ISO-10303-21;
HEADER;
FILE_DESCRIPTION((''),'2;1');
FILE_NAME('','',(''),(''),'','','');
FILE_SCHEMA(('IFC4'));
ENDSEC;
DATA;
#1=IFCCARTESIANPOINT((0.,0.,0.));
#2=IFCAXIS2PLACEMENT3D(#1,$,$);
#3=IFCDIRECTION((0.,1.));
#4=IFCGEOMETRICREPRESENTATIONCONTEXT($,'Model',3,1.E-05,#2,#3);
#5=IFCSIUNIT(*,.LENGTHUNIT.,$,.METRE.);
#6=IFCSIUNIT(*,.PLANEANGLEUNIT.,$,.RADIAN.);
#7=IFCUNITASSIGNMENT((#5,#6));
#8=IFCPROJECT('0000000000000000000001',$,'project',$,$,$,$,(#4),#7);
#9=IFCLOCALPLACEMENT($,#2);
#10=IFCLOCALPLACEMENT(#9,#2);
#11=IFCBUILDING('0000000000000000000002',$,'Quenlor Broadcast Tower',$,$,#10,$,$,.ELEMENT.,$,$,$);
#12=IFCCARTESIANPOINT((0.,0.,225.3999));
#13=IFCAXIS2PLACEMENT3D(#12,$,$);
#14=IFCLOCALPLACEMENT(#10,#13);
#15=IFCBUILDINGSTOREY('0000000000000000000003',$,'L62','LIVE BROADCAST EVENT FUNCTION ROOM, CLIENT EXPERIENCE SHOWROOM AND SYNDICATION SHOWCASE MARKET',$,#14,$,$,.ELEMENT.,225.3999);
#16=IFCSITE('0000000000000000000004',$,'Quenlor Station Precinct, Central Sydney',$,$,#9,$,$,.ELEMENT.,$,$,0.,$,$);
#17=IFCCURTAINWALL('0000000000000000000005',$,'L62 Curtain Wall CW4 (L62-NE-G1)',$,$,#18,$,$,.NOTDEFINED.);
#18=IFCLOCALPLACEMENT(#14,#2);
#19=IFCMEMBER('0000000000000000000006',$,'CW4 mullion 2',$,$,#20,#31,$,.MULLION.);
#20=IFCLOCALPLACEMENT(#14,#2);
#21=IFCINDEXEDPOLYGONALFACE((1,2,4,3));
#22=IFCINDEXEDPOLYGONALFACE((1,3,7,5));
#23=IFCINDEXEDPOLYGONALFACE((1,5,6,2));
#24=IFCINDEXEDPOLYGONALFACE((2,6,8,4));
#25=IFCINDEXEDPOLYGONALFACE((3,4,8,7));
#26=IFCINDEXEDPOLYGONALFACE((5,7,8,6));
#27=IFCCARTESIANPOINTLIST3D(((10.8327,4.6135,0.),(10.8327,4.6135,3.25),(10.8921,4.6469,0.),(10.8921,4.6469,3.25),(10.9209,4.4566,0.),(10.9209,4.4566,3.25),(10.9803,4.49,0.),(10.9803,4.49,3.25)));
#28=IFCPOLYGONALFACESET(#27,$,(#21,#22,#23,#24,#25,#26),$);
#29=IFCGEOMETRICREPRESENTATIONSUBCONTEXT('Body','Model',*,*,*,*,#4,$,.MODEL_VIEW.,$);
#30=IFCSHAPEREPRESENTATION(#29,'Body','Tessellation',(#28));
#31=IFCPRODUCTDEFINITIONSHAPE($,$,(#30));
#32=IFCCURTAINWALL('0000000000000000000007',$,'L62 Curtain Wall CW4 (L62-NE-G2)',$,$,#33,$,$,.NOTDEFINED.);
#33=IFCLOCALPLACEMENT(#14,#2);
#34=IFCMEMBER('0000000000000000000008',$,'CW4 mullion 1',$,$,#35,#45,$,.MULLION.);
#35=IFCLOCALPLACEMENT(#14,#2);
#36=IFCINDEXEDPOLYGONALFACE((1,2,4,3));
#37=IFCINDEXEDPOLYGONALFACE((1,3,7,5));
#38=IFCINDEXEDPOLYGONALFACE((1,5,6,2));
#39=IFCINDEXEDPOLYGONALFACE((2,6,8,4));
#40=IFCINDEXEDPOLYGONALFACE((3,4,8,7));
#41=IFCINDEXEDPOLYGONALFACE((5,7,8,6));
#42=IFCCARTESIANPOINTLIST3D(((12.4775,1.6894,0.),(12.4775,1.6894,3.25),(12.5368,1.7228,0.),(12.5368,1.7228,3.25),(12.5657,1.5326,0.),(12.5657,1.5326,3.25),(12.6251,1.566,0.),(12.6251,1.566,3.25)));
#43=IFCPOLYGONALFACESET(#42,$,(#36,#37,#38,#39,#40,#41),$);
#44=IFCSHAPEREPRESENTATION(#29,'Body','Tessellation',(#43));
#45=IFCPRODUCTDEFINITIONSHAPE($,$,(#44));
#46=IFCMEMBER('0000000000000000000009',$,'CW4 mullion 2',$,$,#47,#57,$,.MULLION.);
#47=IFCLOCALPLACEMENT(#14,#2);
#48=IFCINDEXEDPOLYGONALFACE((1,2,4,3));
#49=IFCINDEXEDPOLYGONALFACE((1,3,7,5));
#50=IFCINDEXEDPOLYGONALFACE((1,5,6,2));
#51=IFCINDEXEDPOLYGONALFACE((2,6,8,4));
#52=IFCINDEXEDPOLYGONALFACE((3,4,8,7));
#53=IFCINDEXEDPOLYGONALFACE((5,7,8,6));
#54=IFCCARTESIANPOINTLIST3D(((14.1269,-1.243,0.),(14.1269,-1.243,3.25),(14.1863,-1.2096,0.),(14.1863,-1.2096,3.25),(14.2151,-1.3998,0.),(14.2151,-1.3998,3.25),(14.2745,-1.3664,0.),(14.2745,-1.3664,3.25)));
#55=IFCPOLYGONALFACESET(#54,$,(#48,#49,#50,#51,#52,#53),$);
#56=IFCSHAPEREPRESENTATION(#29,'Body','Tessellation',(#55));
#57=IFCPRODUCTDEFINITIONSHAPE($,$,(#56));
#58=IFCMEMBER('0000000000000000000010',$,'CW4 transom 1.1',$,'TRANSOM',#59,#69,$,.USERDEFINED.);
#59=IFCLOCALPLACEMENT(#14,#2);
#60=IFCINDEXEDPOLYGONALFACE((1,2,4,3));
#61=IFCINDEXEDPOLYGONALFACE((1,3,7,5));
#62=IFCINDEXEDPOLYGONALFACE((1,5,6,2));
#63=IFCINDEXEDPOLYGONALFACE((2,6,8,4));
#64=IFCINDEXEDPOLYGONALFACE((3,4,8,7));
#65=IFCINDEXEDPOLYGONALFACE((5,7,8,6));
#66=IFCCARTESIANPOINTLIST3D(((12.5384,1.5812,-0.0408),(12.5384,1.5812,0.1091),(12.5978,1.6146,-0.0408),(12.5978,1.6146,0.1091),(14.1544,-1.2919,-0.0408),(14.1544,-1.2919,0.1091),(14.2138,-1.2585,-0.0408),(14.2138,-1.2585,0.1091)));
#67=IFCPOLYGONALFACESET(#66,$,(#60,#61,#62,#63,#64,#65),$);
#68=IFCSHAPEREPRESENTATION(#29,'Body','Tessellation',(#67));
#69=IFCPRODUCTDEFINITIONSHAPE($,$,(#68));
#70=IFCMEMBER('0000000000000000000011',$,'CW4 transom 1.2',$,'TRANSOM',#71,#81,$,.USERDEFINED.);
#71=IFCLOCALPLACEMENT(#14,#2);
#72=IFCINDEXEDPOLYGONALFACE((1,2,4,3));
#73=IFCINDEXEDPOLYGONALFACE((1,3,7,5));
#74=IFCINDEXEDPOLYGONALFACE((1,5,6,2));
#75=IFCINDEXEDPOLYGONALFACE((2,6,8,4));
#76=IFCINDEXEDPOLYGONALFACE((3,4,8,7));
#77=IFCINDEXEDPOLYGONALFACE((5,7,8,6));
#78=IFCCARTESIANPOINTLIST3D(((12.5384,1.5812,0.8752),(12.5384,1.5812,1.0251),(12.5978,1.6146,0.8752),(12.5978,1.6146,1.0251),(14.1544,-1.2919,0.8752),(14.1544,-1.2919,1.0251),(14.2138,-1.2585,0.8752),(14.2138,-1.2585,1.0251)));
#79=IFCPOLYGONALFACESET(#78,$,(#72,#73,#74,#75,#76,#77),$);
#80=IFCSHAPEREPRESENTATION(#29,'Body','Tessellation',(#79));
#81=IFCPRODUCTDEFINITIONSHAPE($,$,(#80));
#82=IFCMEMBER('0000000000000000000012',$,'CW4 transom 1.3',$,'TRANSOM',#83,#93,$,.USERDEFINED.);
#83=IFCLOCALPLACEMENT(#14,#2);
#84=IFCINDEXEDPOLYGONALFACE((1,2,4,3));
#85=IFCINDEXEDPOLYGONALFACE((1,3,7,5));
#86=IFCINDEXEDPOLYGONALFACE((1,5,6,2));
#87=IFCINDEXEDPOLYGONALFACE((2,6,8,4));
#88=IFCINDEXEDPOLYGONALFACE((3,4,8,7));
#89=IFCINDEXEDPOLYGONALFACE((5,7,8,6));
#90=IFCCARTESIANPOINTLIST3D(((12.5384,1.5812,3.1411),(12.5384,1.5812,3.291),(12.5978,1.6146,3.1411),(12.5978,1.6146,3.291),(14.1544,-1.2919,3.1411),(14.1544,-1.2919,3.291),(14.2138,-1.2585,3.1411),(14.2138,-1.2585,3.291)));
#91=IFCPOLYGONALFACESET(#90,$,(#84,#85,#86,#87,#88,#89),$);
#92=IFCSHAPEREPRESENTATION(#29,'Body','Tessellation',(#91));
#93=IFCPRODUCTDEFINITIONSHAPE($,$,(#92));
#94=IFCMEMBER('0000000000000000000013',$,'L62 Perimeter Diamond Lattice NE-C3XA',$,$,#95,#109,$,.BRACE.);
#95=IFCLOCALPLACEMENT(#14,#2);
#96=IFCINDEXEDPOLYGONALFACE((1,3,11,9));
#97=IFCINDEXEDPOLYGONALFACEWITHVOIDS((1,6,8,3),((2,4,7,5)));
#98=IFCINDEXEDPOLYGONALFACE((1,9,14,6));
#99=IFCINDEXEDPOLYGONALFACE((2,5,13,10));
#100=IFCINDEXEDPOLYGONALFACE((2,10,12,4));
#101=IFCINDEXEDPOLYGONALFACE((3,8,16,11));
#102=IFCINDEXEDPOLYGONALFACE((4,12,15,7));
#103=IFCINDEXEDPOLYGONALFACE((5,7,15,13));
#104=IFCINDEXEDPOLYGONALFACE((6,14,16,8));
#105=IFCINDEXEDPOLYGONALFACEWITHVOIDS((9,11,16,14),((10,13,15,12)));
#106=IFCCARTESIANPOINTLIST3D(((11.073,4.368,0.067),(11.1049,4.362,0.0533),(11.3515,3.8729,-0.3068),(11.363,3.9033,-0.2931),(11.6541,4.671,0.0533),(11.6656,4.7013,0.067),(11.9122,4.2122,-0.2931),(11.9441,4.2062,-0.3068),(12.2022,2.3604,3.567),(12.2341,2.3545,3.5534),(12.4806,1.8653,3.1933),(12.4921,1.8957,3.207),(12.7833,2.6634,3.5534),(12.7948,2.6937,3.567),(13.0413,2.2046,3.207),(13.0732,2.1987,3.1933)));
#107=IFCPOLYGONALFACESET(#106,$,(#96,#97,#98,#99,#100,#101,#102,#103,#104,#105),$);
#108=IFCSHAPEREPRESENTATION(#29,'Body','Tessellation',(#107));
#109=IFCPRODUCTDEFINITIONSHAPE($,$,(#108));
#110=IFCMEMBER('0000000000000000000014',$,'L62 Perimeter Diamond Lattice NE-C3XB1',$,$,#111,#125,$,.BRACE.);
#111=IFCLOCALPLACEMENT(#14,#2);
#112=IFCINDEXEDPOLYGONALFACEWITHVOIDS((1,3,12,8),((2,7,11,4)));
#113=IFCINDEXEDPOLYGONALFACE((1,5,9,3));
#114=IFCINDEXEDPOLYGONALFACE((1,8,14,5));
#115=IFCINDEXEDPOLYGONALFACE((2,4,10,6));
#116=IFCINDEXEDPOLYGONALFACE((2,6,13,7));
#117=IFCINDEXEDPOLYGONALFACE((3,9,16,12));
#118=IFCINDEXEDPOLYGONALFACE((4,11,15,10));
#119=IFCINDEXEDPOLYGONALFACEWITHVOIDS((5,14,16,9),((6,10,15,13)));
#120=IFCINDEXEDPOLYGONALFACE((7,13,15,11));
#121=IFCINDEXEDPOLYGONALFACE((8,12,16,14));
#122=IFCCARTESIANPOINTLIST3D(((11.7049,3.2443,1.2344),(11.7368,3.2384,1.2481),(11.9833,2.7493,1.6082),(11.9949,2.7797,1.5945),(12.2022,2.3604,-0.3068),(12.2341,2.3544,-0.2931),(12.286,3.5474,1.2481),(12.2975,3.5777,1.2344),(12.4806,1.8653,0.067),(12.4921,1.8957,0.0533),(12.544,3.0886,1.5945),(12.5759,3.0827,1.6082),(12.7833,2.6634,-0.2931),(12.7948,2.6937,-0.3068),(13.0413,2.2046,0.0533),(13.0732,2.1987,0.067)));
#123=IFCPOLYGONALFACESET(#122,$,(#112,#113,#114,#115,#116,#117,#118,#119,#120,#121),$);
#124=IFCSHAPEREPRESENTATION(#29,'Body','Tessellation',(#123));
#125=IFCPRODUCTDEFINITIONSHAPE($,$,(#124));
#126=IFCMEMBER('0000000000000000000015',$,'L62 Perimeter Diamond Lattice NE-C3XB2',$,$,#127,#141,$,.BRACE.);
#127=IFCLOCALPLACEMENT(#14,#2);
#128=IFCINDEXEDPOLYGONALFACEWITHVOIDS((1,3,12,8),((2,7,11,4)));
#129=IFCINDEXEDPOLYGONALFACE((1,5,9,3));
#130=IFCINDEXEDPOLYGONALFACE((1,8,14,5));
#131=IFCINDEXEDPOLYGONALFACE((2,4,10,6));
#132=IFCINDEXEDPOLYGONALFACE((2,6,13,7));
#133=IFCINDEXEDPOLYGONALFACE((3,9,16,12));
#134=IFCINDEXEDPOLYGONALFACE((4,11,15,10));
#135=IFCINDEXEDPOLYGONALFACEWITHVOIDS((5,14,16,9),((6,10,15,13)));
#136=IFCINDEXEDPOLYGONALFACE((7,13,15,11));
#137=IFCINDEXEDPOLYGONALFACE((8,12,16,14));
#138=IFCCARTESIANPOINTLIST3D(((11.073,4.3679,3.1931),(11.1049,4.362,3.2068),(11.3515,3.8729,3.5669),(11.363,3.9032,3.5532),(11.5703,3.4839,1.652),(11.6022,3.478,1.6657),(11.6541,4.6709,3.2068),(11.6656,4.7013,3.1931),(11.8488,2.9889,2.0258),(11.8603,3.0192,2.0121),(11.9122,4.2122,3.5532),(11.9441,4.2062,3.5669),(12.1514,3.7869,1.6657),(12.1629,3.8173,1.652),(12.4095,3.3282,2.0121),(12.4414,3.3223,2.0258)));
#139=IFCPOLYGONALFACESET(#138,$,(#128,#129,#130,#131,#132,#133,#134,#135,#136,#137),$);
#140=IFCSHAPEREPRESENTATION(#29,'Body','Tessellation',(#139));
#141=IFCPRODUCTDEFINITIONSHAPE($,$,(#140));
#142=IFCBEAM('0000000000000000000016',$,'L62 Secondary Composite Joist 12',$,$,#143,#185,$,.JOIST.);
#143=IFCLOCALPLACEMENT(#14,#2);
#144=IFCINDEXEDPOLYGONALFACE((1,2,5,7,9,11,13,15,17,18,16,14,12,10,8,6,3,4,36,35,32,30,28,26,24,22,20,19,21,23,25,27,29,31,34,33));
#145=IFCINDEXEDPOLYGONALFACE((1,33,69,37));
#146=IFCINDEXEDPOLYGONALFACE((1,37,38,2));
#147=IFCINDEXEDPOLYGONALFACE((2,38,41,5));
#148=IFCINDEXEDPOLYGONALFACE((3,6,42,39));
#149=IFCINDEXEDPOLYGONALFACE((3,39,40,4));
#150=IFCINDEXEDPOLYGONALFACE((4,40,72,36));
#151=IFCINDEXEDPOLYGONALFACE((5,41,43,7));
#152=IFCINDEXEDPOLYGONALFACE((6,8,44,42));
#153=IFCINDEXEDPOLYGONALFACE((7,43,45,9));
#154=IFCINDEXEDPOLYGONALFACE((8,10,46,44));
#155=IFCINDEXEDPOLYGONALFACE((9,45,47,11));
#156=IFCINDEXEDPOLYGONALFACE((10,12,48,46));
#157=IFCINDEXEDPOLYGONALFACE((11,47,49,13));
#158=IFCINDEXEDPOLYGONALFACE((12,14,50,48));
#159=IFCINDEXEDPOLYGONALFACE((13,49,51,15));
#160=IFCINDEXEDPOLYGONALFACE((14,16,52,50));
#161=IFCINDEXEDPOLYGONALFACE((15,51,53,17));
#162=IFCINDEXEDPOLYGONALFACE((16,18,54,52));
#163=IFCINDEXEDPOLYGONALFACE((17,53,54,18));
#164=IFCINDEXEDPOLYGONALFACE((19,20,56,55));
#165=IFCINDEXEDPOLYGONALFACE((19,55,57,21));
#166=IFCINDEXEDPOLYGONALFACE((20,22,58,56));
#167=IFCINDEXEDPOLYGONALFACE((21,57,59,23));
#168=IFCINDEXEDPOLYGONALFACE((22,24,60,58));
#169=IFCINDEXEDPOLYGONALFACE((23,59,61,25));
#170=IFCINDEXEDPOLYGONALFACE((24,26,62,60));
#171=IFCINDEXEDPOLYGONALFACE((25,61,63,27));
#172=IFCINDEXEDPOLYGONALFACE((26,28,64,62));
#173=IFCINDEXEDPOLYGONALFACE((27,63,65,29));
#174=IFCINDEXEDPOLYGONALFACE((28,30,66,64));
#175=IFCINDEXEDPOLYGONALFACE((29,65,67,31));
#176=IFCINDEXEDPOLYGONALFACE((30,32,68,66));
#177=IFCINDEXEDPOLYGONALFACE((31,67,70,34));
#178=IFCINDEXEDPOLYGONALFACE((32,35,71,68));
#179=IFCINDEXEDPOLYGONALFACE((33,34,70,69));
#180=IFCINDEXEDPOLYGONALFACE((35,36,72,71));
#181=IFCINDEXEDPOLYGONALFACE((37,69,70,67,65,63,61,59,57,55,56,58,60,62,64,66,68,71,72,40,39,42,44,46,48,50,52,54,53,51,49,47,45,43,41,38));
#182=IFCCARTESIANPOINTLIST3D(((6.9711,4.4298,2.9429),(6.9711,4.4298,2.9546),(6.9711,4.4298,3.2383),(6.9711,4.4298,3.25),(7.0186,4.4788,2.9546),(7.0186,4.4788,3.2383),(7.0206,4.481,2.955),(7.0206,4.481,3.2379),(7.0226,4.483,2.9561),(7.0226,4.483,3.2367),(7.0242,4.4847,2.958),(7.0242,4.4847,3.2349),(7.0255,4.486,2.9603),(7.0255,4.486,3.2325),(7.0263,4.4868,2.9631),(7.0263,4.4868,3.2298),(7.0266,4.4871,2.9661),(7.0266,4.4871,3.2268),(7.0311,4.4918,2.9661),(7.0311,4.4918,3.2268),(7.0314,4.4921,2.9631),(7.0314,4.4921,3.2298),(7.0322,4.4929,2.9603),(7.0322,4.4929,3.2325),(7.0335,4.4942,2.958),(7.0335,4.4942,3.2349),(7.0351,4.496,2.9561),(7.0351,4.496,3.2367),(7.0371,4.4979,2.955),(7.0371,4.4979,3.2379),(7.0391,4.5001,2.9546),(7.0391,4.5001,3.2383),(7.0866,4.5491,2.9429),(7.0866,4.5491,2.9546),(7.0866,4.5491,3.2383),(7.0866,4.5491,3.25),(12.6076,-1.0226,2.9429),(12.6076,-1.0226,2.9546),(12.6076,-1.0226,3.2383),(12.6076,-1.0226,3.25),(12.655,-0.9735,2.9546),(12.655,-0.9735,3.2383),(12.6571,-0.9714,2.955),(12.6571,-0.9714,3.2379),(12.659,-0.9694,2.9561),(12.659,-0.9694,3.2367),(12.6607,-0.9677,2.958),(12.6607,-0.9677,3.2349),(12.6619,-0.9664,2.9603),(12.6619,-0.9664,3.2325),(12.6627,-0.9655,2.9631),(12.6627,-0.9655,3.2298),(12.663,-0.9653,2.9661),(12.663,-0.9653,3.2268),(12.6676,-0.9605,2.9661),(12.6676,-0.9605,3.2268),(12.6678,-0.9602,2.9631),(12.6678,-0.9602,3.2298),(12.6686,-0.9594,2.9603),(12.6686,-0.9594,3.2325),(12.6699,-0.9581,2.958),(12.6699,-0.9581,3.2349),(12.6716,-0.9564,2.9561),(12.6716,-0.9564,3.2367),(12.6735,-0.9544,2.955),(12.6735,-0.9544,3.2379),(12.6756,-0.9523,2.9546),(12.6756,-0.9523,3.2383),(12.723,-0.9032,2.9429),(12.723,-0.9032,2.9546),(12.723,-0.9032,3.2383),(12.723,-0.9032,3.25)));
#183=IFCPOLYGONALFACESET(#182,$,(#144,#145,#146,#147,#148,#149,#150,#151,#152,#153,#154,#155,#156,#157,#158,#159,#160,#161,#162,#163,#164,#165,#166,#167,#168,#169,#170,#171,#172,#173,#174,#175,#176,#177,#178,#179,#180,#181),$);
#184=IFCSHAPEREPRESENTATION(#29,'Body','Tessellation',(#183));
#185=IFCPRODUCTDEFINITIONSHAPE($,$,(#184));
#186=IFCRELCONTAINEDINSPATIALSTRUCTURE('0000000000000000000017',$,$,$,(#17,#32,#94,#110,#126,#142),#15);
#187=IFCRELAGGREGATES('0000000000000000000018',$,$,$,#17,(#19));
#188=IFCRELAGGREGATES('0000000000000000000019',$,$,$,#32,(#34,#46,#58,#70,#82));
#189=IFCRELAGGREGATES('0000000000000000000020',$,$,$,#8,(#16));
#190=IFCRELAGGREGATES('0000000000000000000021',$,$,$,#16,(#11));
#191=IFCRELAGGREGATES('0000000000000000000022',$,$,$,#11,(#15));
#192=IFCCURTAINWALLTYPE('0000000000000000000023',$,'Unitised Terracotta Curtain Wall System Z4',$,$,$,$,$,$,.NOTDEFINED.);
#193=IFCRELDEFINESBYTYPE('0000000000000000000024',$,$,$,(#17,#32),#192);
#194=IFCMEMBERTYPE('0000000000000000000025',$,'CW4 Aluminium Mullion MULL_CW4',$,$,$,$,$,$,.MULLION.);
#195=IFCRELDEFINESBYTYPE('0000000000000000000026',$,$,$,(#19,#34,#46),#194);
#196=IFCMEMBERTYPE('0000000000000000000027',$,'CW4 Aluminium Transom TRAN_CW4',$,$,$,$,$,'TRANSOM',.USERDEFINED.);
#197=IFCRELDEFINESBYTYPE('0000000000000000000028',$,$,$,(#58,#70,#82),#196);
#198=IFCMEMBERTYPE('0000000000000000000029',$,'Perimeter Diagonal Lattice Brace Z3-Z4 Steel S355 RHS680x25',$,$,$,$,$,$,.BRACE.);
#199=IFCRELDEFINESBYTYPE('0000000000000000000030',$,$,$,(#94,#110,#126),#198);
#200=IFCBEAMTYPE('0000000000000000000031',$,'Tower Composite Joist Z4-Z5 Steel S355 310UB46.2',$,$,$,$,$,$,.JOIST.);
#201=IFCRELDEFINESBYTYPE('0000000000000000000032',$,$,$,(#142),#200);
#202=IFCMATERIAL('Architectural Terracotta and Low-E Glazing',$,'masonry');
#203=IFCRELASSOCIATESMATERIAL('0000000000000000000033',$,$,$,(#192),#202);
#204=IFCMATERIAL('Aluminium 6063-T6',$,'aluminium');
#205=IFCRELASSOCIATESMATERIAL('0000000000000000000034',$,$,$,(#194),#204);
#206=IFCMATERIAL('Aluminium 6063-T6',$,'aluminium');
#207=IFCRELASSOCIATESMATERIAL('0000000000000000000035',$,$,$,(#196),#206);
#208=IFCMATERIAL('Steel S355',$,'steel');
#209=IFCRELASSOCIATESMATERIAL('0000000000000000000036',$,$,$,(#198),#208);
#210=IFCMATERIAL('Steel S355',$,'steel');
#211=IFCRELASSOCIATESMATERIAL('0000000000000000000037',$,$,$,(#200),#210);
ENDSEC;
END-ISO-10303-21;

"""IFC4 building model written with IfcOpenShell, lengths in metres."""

from ifc_helpers import new_model, si_unit, direction, frame, origin, origin_2d, place, context, subcontext, project, spatial, rectangle, hollow_rectangle, i_section, extrude, material, material_profile, profile_set, type_object, element, aggregate, save


model = new_model("IFC4")

# Units and contexts
model_context = context("Model", 3, precision=1e-05, world=origin(), true_north=direction((0.0, 1.0)))
body_context = subcontext(model_context, "Body", "Model", "MODEL_VIEW")
ifc_project = project(units=[si_unit("LENGTHUNIT", "METRE"), si_unit("PLANEANGLEUNIT", "RADIAN")], contexts=[model_context])

# Site, building, storey
site_placement = place(None, origin())
site = spatial("IfcSite", under=ifc_project, at=site_placement, Name="Quenlor Station Precinct, Central Sydney", CompositionType="ELEMENT", RefElevation=0.0)
building_placement = place(site_placement, origin())
building = spatial("IfcBuilding", under=site, at=building_placement, Name="Quenlor Broadcast Tower", CompositionType="ELEMENT")
storey_placement = place(building_placement, frame((0.0, 0.0, 225.3999)))
storey = spatial("IfcBuildingStorey", under=building, at=storey_placement, Name="L62", Description="LIVE BROADCAST EVENT FUNCTION ROOM, CLIENT EXPERIENCE SHOWROOM AND SYNDICATION SHOWCASE MARKET", CompositionType="ELEMENT", Elevation=225.3999)

# Curtain wall, member
ifc_material_1 = material(Name="Architectural Terracotta and Low-E Glazing", Category="masonry")
curtain_wall_type = type_object("IfcCurtainWallType", Name="Unitised Terracotta Curtain Wall System Z4", PredefinedType="NOTDEFINED", material=ifc_material_1)
curtain_wall_1_placement = place(storey_placement, origin())
curtain_wall_1 = element("IfcCurtainWall", 1, at=curtain_wall_1_placement, inside=storey, type_object=curtain_wall_type, Name="L62 Curtain Wall CW4 (L62-NE-G1)", PredefinedType="NOTDEFINED")
ifc_material_2 = material(Name="Aluminium 6063-T6", Category="aluminium")
ifc_material_profile_1 = material_profile(ifc_material_2, rectangle(XDim=0.0681, YDim=0.1799, at=origin_2d()))
ifc_profile_set_1 = profile_set([ifc_material_profile_1], Name="Aluminium 6063-T6 MULL68x180")
member_type_1 = type_object("IfcMemberType", Name="CW4 Aluminium Mullion MULL_CW4", PredefinedType="MULLION", material=ifc_profile_set_1)
member_1_placement = place(storey_placement, frame((10.9065, 4.5518, 0.0), z_axis=(0.0, 0.0, 1.0), x_axis=(0.871578, 0.490257, 0.0)))
member_1 = element("IfcMember", 2, at=member_1_placement, type_object=member_type_1, Name="CW4 mullion 2", PredefinedType="MULLION", context=body_context, shape_type="SweptSolid", body=[
    extrude(rectangle(XDim=0.0681, YDim=0.1799, at=origin_2d()), origin(), (0.0, 0.0, 1.0), 3.25),
])

# Curtain wall, members
curtain_wall_2_placement = place(storey_placement, origin())
curtain_wall_2 = element("IfcCurtainWall", 3, at=curtain_wall_2_placement, inside=storey, type_object=curtain_wall_type, Name="L62 Curtain Wall CW4 (L62-NE-G2)", PredefinedType="NOTDEFINED")
member_2_placement = place(storey_placement, frame((12.5513, 1.6277, 0.0), z_axis=(0.0, 0.0, 1.0), x_axis=(0.871578, 0.490257, 0.0)))
member_2 = element("IfcMember", 4, at=member_2_placement, type_object=member_type_1, Name="CW4 mullion 1", PredefinedType="MULLION", context=body_context, shape_type="SweptSolid", body=[
    extrude(rectangle(XDim=0.0681, YDim=0.1799, at=origin_2d()), origin(), (0.0, 0.0, 1.0), 3.25),
])
member_3_placement = place(storey_placement, frame((14.2007, -1.3047, 0.0), z_axis=(0.0, 0.0, 1.0), x_axis=(0.871578, 0.490257, 0.0)))
member_3 = element("IfcMember", 5, at=member_3_placement, type_object=member_type_1, Name="CW4 mullion 2", PredefinedType="MULLION", context=body_context, shape_type="SweptSolid", body=[
    extrude(rectangle(XDim=0.0681, YDim=0.1799, at=origin_2d()), origin(), (0.0, 0.0, 1.0), 3.25),
])
ifc_material_3 = material(Name="Aluminium 6063-T6", Category="aluminium")
ifc_material_profile_2 = material_profile(ifc_material_3, rectangle(XDim=0.0681, YDim=0.1499, at=origin_2d()))
ifc_profile_set_2 = profile_set([ifc_material_profile_2], Name="Aluminium 6063-T6 TRAN68x150")
member_type_2 = type_object("IfcMemberType", Name="CW4 Aluminium Transom TRAN_CW4", ElementType="TRANSOM", PredefinedType="USERDEFINED", material=ifc_profile_set_2)
member_4_placement = place(storey_placement, frame((12.5681, 1.5979, 0.0342), z_axis=(0.490233, -0.871591, 0.0), x_axis=(0.871591, 0.490233, 0.0)))
member_4 = element("IfcMember", 6, at=member_4_placement, type_object=member_type_2, Name="CW4 transom 1.1", ObjectType="TRANSOM", PredefinedType="USERDEFINED", context=body_context, shape_type="SweptSolid", body=[
    extrude(rectangle(XDim=0.0681, YDim=0.1499, at=origin_2d()), origin(), (0.0, 0.0, 1.0), 3.2964),
])
member_5_placement = place(storey_placement, frame((12.5681, 1.5979, 0.9502), z_axis=(0.490233, -0.871591, 0.0), x_axis=(0.871591, 0.490233, 0.0)))
member_5 = element("IfcMember", 7, at=member_5_placement, type_object=member_type_2, Name="CW4 transom 1.2", ObjectType="TRANSOM", PredefinedType="USERDEFINED", context=body_context, shape_type="SweptSolid", body=[
    extrude(rectangle(XDim=0.0681, YDim=0.1499, at=origin_2d()), origin(), (0.0, 0.0, 1.0), 3.2964),
])
member_6_placement = place(storey_placement, frame((12.5681, 1.5979, 3.2161), z_axis=(0.490233, -0.871591, 0.0), x_axis=(0.871591, 0.490233, 0.0)))
member_6 = element("IfcMember", 8, at=member_6_placement, type_object=member_type_2, Name="CW4 transom 1.3", ObjectType="TRANSOM", PredefinedType="USERDEFINED", context=body_context, shape_type="SweptSolid", body=[
    extrude(rectangle(XDim=0.0681, YDim=0.1499, at=origin_2d()), origin(), (0.0, 0.0, 1.0), 3.2964),
])

# Members
ifc_material_4 = material(Name="Steel S355", Category="steel")
ifc_material_profile_3 = material_profile(ifc_material_4, hollow_rectangle(XDim=0.6799, YDim=0.6799, WallThickness=0.0249, at=origin_2d()))
ifc_profile_set_3 = profile_set([ifc_material_profile_3], Name="Steel S355 RHS680x680x25")
member_type_3 = type_object("IfcMemberType", Name="Perimeter Diagonal Lattice Brace Z3-Z4 Steel S355 RHS680x25", PredefinedType="BRACE", material=ifc_profile_set_3)
member_7_placement = place(storey_placement, frame((11.5085, 4.2871, -0.1199), z_axis=(0.269493, -0.479144, 0.835341), x_axis=(0.871595, 0.490226, 0.0)))
element("IfcMember", 9, at=member_7_placement, inside=storey, type_object=member_type_3, Name="L62 Perimeter Diamond Lattice NE-C3XA", PredefinedType="BRACE", context=body_context, shape_type="SweptSolid", body=[
    extrude(hollow_rectangle(XDim=0.6799, YDim=0.6799, WallThickness=0.0249, at=origin_2d()), origin(), (0.0, 0.0, 1.0), 4.1899),
])
for number, where, z_axis, x_axis, name in (
    (10, (12.6377, 2.2795, -0.1199), (-0.269536, 0.47913, 0.835335), (-0.871556, -0.490296, 0.0), "L62 Perimeter Diamond Lattice NE-C3XB1"),
    (11, (12.0059, 3.4031, 1.8389), (-0.269536, 0.47913, 0.835335), (-0.871556, -0.490296, 0.0), "L62 Perimeter Diamond Lattice NE-C3XB2"),
):
    element("IfcMember", number, at=place(storey_placement, frame(where, z_axis=z_axis, x_axis=x_axis)), inside=storey, type_object=member_type_3, Name=name, PredefinedType="BRACE", context=body_context, shape_type="SweptSolid", body=[
        extrude(hollow_rectangle(XDim=0.6799, YDim=0.6799, WallThickness=0.0249, at=origin_2d()), origin(), (0.0, 0.0, 1.0), 1.845),
    ])

# Beam
ifc_material_5 = material(Name="Steel S355", Category="steel")
ifc_material_profile_4 = material_profile(ifc_material_5, i_section(OverallWidth=0.166, OverallDepth=0.3071, WebThickness=0.0066, FlangeThickness=0.0117, FilletRadius=0.0115, at=origin_2d()))
ifc_profile_set_4 = profile_set([ifc_material_profile_4], Name="Steel S355 310UB46.2")
beam_type_1 = type_object("IfcBeamType", Name="Tower Composite Joist Z4-Z5 Steel S355 310UB46.2", PredefinedType="JOIST", material=ifc_profile_set_4)
beam_1_placement = place(storey_placement, frame((12.6653, -0.9629, 3.0964), z_axis=(-0.718746, 0.695273, 0.0), x_axis=(-0.695273, -0.718746, 0.0)))
element("IfcBeam", 12, at=beam_1_placement, inside=storey, type_object=beam_type_1, Name="L62 Secondary Composite Joist 12", PredefinedType="JOIST", context=body_context, shape_type="SweptSolid", body=[
    extrude(i_section(OverallWidth=0.166, OverallDepth=0.3071, WebThickness=0.0066, FlangeThickness=0.0117, FilletRadius=0.0115, at=origin_2d()), origin(), (0.0, 0.0, 1.0), 7.842),
])

aggregate(curtain_wall_1, [member_1])
aggregate(curtain_wall_2, [member_2, member_3, member_4, member_5, member_6])

save(model, "model.ifc")
